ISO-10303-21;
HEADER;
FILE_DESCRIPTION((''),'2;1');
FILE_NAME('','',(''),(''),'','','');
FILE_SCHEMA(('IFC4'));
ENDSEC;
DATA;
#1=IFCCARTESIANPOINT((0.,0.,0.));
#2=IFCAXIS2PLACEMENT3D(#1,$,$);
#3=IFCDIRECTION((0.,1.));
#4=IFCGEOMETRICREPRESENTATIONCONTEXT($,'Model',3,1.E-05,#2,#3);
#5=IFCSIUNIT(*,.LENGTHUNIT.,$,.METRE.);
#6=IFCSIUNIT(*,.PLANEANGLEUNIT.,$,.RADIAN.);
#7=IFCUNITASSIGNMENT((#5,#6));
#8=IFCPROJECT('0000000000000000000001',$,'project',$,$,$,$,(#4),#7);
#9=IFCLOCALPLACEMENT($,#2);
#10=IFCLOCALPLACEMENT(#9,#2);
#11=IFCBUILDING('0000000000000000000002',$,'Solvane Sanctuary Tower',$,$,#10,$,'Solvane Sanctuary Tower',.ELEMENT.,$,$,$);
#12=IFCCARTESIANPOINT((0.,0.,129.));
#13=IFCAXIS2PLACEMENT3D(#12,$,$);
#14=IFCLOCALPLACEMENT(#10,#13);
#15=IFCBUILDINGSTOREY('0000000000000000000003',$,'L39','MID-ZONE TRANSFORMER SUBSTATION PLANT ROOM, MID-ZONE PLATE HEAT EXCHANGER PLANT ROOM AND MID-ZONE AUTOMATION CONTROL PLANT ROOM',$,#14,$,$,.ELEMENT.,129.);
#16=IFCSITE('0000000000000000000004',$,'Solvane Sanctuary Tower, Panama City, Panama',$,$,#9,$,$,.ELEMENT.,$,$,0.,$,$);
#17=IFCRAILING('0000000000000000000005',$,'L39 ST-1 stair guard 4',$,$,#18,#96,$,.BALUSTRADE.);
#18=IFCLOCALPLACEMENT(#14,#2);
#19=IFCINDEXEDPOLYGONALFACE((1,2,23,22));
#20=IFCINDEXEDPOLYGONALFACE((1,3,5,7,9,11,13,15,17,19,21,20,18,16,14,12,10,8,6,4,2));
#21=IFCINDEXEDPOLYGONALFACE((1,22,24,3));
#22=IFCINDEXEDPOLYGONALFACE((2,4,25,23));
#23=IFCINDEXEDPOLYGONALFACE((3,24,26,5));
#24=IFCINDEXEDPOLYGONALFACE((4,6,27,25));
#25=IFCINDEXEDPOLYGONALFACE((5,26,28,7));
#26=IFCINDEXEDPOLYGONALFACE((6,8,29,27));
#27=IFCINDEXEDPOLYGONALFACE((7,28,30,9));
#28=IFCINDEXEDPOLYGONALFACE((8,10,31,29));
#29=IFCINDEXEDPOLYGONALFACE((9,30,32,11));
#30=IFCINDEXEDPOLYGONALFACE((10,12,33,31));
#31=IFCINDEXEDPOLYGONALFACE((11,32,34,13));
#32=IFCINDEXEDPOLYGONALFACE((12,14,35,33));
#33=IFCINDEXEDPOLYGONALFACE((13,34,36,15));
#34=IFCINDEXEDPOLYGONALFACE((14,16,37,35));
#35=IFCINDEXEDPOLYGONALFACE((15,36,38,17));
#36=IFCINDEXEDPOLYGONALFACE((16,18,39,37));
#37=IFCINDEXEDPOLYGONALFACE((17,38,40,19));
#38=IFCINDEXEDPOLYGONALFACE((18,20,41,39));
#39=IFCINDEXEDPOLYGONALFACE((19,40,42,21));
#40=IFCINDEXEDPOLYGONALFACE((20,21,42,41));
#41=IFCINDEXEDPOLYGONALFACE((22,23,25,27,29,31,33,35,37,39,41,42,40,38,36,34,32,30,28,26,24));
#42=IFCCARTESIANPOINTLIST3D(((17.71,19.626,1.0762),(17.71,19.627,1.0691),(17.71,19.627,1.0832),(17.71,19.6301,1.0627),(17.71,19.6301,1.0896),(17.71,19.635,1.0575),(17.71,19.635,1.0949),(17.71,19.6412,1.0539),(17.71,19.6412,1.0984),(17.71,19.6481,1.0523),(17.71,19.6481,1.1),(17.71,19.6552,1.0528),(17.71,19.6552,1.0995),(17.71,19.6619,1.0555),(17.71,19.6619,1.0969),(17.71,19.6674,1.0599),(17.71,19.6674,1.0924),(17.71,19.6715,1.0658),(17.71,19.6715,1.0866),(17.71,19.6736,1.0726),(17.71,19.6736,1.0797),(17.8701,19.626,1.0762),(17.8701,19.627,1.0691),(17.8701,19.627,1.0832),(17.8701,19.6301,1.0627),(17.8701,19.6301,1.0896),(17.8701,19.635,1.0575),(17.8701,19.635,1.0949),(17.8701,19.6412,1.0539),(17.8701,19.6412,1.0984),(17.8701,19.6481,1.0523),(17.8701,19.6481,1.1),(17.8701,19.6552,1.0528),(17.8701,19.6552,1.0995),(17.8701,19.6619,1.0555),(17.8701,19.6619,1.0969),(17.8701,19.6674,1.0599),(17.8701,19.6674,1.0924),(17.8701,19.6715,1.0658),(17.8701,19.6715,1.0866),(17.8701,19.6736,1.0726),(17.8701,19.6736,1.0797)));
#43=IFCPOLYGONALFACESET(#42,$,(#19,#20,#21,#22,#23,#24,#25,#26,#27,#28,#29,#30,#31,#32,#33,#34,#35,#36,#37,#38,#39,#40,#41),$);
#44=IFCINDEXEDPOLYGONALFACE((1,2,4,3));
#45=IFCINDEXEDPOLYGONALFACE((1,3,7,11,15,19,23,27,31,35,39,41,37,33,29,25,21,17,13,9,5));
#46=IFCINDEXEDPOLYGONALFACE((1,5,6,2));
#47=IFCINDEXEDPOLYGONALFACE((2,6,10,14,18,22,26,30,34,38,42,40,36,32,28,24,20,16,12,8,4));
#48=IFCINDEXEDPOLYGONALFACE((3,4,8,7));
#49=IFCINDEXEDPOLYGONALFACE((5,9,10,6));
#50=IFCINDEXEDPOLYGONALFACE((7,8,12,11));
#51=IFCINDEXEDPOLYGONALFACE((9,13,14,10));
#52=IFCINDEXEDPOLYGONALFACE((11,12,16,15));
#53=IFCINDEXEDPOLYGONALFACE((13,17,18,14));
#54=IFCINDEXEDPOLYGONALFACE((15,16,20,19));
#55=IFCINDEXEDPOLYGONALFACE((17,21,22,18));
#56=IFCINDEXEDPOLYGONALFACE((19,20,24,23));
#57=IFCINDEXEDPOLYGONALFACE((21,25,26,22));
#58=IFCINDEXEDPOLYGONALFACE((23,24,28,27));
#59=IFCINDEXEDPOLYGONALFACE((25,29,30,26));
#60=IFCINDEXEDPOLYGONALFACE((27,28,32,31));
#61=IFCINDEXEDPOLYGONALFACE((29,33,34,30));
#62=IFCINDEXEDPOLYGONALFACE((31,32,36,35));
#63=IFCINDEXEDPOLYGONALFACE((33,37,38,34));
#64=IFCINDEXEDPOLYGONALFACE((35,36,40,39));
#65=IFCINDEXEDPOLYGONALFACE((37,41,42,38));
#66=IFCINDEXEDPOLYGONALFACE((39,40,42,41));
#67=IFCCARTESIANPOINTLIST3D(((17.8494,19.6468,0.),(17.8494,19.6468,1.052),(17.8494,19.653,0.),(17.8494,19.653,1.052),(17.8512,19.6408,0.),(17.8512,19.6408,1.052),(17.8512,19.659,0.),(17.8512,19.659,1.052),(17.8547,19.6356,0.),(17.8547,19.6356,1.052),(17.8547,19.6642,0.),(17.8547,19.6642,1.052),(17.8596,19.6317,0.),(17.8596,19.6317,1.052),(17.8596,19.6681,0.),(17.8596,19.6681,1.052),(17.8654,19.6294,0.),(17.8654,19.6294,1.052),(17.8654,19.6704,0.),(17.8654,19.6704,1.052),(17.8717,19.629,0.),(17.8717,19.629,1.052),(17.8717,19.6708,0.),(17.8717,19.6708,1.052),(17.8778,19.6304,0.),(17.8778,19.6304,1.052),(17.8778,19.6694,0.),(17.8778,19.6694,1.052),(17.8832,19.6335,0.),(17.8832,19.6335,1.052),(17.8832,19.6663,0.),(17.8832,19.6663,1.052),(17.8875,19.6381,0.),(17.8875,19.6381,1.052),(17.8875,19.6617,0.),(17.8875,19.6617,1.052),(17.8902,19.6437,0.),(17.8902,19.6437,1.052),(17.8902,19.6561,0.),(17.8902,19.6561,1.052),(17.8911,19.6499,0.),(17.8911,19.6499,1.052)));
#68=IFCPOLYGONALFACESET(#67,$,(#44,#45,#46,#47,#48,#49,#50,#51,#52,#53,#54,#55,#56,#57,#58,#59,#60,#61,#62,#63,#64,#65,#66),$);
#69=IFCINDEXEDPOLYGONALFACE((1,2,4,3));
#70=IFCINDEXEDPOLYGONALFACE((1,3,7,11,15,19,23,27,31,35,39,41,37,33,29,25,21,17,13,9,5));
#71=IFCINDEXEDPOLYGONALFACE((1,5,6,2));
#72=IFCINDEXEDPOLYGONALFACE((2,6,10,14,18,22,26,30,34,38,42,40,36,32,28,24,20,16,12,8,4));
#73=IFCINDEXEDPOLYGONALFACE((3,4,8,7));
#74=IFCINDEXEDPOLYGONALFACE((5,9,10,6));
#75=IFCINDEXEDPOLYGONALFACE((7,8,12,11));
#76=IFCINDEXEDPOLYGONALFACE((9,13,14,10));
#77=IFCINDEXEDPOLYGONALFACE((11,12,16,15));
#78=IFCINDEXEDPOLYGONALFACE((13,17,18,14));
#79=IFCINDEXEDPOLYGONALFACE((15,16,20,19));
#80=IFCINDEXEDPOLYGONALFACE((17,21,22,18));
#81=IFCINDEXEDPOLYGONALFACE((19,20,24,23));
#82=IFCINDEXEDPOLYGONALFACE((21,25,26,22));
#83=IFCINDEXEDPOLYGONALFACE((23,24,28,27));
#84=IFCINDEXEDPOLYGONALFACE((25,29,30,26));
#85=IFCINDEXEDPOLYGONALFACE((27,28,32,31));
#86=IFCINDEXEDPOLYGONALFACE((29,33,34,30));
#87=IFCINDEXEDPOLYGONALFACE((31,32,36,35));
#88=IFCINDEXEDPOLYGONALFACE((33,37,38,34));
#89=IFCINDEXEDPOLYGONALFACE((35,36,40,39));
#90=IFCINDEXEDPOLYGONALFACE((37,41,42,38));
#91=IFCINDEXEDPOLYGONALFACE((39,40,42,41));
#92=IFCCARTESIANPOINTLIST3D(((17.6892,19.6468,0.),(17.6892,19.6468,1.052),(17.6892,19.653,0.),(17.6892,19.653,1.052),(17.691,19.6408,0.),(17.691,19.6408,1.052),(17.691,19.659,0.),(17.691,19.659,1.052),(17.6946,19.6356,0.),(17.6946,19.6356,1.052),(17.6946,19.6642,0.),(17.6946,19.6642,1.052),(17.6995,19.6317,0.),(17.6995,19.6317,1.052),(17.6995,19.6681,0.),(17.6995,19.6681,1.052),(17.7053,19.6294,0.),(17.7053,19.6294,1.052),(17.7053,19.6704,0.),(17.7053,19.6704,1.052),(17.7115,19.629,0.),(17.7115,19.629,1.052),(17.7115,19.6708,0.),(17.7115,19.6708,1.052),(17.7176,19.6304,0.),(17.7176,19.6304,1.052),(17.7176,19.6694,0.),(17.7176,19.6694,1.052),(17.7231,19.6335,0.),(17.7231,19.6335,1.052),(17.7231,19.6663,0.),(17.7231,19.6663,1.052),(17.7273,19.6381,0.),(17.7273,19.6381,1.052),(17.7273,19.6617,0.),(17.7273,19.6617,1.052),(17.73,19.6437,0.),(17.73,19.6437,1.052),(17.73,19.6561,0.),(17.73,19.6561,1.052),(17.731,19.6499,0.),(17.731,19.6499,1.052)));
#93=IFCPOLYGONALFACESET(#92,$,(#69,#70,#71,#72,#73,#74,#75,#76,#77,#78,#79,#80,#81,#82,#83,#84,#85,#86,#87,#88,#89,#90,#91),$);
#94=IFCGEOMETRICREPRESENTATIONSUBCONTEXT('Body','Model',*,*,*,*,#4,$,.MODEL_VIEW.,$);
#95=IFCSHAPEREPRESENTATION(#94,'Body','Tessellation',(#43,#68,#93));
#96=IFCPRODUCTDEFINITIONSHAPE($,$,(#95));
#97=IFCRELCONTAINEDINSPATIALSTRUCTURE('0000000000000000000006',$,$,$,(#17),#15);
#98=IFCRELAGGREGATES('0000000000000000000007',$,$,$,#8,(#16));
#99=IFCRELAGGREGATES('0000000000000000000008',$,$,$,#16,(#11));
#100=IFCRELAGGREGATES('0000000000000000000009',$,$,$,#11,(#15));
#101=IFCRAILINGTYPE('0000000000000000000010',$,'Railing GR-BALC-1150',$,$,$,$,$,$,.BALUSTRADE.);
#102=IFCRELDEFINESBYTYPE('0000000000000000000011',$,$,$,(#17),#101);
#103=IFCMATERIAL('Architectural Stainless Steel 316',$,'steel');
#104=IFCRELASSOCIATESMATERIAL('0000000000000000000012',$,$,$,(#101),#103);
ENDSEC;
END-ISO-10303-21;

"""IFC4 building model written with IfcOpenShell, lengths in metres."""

from ifc_helpers import new_model, si_unit, direction, frame, origin, origin_2d, place, context, subcontext, project, spatial, circle, extrude, material, type_object, element, save


model = new_model("IFC4")

# Units and contexts
model_context = context("Model", 3, precision=1e-05, world=origin(), true_north=direction((0.0, 1.0)))
body_context = subcontext(model_context, "Body", "Model", "MODEL_VIEW")
ifc_project = project(units=[si_unit("LENGTHUNIT", "METRE"), si_unit("PLANEANGLEUNIT", "RADIAN")], contexts=[model_context])

# Site, building, storey
site_placement = place(None, origin())
site = spatial("IfcSite", under=ifc_project, at=site_placement, Name="Solvane Sanctuary Tower, Panama City, Panama", CompositionType="ELEMENT", RefElevation=0.0)
building_placement = place(site_placement, origin())
building = spatial("IfcBuilding", under=site, at=building_placement, Name="Solvane Sanctuary Tower", LongName="Solvane Sanctuary Tower", CompositionType="ELEMENT")
storey_placement = place(building_placement, frame((0.0, 0.0, 129.0)))
storey = spatial("IfcBuildingStorey", under=building, at=storey_placement, Name="L39", Description="MID-ZONE TRANSFORMER SUBSTATION PLANT ROOM, MID-ZONE PLATE HEAT EXCHANGER PLANT ROOM AND MID-ZONE AUTOMATION CONTROL PLANT ROOM", CompositionType="ELEMENT", Elevation=129.0)

# Shared definitions
ifc_material_1 = material(Name="Architectural Stainless Steel 316", Category="steel")

# Railing
railing_type_1 = type_object("IfcRailingType", Name="Railing GR-BALC-1150", PredefinedType="BALUSTRADE", material=ifc_material_1)
railing_1_placement = place(storey_placement, frame((17.8701, 19.6499, 0.0)))
element("IfcRailing", 1, at=railing_1_placement, inside=storey, type_object=railing_type_1, Name="L39 ST-1 stair guard 4", PredefinedType="BALUSTRADE", context=body_context, shape_type="SweptSolid", body=[
    extrude(circle(Radius=0.0239, at=origin_2d()), frame((0.0, 0.0, 1.0762), z_axis=(-1.0, 0.0, 0.0), x_axis=(0.0, -1.0, 0.0)), (0.0, 0.0, 1.0), 0.1602),
    extrude(circle(Radius=0.021, at=origin_2d()), origin(), (0.0, 0.0, 1.0), 1.052),
    extrude(circle(Radius=0.021, at=origin_2d()), frame((-0.1602, 0.0, 0.0)), (0.0, 0.0, 1.0), 1.052),
])

save(model, "model.ifc")
